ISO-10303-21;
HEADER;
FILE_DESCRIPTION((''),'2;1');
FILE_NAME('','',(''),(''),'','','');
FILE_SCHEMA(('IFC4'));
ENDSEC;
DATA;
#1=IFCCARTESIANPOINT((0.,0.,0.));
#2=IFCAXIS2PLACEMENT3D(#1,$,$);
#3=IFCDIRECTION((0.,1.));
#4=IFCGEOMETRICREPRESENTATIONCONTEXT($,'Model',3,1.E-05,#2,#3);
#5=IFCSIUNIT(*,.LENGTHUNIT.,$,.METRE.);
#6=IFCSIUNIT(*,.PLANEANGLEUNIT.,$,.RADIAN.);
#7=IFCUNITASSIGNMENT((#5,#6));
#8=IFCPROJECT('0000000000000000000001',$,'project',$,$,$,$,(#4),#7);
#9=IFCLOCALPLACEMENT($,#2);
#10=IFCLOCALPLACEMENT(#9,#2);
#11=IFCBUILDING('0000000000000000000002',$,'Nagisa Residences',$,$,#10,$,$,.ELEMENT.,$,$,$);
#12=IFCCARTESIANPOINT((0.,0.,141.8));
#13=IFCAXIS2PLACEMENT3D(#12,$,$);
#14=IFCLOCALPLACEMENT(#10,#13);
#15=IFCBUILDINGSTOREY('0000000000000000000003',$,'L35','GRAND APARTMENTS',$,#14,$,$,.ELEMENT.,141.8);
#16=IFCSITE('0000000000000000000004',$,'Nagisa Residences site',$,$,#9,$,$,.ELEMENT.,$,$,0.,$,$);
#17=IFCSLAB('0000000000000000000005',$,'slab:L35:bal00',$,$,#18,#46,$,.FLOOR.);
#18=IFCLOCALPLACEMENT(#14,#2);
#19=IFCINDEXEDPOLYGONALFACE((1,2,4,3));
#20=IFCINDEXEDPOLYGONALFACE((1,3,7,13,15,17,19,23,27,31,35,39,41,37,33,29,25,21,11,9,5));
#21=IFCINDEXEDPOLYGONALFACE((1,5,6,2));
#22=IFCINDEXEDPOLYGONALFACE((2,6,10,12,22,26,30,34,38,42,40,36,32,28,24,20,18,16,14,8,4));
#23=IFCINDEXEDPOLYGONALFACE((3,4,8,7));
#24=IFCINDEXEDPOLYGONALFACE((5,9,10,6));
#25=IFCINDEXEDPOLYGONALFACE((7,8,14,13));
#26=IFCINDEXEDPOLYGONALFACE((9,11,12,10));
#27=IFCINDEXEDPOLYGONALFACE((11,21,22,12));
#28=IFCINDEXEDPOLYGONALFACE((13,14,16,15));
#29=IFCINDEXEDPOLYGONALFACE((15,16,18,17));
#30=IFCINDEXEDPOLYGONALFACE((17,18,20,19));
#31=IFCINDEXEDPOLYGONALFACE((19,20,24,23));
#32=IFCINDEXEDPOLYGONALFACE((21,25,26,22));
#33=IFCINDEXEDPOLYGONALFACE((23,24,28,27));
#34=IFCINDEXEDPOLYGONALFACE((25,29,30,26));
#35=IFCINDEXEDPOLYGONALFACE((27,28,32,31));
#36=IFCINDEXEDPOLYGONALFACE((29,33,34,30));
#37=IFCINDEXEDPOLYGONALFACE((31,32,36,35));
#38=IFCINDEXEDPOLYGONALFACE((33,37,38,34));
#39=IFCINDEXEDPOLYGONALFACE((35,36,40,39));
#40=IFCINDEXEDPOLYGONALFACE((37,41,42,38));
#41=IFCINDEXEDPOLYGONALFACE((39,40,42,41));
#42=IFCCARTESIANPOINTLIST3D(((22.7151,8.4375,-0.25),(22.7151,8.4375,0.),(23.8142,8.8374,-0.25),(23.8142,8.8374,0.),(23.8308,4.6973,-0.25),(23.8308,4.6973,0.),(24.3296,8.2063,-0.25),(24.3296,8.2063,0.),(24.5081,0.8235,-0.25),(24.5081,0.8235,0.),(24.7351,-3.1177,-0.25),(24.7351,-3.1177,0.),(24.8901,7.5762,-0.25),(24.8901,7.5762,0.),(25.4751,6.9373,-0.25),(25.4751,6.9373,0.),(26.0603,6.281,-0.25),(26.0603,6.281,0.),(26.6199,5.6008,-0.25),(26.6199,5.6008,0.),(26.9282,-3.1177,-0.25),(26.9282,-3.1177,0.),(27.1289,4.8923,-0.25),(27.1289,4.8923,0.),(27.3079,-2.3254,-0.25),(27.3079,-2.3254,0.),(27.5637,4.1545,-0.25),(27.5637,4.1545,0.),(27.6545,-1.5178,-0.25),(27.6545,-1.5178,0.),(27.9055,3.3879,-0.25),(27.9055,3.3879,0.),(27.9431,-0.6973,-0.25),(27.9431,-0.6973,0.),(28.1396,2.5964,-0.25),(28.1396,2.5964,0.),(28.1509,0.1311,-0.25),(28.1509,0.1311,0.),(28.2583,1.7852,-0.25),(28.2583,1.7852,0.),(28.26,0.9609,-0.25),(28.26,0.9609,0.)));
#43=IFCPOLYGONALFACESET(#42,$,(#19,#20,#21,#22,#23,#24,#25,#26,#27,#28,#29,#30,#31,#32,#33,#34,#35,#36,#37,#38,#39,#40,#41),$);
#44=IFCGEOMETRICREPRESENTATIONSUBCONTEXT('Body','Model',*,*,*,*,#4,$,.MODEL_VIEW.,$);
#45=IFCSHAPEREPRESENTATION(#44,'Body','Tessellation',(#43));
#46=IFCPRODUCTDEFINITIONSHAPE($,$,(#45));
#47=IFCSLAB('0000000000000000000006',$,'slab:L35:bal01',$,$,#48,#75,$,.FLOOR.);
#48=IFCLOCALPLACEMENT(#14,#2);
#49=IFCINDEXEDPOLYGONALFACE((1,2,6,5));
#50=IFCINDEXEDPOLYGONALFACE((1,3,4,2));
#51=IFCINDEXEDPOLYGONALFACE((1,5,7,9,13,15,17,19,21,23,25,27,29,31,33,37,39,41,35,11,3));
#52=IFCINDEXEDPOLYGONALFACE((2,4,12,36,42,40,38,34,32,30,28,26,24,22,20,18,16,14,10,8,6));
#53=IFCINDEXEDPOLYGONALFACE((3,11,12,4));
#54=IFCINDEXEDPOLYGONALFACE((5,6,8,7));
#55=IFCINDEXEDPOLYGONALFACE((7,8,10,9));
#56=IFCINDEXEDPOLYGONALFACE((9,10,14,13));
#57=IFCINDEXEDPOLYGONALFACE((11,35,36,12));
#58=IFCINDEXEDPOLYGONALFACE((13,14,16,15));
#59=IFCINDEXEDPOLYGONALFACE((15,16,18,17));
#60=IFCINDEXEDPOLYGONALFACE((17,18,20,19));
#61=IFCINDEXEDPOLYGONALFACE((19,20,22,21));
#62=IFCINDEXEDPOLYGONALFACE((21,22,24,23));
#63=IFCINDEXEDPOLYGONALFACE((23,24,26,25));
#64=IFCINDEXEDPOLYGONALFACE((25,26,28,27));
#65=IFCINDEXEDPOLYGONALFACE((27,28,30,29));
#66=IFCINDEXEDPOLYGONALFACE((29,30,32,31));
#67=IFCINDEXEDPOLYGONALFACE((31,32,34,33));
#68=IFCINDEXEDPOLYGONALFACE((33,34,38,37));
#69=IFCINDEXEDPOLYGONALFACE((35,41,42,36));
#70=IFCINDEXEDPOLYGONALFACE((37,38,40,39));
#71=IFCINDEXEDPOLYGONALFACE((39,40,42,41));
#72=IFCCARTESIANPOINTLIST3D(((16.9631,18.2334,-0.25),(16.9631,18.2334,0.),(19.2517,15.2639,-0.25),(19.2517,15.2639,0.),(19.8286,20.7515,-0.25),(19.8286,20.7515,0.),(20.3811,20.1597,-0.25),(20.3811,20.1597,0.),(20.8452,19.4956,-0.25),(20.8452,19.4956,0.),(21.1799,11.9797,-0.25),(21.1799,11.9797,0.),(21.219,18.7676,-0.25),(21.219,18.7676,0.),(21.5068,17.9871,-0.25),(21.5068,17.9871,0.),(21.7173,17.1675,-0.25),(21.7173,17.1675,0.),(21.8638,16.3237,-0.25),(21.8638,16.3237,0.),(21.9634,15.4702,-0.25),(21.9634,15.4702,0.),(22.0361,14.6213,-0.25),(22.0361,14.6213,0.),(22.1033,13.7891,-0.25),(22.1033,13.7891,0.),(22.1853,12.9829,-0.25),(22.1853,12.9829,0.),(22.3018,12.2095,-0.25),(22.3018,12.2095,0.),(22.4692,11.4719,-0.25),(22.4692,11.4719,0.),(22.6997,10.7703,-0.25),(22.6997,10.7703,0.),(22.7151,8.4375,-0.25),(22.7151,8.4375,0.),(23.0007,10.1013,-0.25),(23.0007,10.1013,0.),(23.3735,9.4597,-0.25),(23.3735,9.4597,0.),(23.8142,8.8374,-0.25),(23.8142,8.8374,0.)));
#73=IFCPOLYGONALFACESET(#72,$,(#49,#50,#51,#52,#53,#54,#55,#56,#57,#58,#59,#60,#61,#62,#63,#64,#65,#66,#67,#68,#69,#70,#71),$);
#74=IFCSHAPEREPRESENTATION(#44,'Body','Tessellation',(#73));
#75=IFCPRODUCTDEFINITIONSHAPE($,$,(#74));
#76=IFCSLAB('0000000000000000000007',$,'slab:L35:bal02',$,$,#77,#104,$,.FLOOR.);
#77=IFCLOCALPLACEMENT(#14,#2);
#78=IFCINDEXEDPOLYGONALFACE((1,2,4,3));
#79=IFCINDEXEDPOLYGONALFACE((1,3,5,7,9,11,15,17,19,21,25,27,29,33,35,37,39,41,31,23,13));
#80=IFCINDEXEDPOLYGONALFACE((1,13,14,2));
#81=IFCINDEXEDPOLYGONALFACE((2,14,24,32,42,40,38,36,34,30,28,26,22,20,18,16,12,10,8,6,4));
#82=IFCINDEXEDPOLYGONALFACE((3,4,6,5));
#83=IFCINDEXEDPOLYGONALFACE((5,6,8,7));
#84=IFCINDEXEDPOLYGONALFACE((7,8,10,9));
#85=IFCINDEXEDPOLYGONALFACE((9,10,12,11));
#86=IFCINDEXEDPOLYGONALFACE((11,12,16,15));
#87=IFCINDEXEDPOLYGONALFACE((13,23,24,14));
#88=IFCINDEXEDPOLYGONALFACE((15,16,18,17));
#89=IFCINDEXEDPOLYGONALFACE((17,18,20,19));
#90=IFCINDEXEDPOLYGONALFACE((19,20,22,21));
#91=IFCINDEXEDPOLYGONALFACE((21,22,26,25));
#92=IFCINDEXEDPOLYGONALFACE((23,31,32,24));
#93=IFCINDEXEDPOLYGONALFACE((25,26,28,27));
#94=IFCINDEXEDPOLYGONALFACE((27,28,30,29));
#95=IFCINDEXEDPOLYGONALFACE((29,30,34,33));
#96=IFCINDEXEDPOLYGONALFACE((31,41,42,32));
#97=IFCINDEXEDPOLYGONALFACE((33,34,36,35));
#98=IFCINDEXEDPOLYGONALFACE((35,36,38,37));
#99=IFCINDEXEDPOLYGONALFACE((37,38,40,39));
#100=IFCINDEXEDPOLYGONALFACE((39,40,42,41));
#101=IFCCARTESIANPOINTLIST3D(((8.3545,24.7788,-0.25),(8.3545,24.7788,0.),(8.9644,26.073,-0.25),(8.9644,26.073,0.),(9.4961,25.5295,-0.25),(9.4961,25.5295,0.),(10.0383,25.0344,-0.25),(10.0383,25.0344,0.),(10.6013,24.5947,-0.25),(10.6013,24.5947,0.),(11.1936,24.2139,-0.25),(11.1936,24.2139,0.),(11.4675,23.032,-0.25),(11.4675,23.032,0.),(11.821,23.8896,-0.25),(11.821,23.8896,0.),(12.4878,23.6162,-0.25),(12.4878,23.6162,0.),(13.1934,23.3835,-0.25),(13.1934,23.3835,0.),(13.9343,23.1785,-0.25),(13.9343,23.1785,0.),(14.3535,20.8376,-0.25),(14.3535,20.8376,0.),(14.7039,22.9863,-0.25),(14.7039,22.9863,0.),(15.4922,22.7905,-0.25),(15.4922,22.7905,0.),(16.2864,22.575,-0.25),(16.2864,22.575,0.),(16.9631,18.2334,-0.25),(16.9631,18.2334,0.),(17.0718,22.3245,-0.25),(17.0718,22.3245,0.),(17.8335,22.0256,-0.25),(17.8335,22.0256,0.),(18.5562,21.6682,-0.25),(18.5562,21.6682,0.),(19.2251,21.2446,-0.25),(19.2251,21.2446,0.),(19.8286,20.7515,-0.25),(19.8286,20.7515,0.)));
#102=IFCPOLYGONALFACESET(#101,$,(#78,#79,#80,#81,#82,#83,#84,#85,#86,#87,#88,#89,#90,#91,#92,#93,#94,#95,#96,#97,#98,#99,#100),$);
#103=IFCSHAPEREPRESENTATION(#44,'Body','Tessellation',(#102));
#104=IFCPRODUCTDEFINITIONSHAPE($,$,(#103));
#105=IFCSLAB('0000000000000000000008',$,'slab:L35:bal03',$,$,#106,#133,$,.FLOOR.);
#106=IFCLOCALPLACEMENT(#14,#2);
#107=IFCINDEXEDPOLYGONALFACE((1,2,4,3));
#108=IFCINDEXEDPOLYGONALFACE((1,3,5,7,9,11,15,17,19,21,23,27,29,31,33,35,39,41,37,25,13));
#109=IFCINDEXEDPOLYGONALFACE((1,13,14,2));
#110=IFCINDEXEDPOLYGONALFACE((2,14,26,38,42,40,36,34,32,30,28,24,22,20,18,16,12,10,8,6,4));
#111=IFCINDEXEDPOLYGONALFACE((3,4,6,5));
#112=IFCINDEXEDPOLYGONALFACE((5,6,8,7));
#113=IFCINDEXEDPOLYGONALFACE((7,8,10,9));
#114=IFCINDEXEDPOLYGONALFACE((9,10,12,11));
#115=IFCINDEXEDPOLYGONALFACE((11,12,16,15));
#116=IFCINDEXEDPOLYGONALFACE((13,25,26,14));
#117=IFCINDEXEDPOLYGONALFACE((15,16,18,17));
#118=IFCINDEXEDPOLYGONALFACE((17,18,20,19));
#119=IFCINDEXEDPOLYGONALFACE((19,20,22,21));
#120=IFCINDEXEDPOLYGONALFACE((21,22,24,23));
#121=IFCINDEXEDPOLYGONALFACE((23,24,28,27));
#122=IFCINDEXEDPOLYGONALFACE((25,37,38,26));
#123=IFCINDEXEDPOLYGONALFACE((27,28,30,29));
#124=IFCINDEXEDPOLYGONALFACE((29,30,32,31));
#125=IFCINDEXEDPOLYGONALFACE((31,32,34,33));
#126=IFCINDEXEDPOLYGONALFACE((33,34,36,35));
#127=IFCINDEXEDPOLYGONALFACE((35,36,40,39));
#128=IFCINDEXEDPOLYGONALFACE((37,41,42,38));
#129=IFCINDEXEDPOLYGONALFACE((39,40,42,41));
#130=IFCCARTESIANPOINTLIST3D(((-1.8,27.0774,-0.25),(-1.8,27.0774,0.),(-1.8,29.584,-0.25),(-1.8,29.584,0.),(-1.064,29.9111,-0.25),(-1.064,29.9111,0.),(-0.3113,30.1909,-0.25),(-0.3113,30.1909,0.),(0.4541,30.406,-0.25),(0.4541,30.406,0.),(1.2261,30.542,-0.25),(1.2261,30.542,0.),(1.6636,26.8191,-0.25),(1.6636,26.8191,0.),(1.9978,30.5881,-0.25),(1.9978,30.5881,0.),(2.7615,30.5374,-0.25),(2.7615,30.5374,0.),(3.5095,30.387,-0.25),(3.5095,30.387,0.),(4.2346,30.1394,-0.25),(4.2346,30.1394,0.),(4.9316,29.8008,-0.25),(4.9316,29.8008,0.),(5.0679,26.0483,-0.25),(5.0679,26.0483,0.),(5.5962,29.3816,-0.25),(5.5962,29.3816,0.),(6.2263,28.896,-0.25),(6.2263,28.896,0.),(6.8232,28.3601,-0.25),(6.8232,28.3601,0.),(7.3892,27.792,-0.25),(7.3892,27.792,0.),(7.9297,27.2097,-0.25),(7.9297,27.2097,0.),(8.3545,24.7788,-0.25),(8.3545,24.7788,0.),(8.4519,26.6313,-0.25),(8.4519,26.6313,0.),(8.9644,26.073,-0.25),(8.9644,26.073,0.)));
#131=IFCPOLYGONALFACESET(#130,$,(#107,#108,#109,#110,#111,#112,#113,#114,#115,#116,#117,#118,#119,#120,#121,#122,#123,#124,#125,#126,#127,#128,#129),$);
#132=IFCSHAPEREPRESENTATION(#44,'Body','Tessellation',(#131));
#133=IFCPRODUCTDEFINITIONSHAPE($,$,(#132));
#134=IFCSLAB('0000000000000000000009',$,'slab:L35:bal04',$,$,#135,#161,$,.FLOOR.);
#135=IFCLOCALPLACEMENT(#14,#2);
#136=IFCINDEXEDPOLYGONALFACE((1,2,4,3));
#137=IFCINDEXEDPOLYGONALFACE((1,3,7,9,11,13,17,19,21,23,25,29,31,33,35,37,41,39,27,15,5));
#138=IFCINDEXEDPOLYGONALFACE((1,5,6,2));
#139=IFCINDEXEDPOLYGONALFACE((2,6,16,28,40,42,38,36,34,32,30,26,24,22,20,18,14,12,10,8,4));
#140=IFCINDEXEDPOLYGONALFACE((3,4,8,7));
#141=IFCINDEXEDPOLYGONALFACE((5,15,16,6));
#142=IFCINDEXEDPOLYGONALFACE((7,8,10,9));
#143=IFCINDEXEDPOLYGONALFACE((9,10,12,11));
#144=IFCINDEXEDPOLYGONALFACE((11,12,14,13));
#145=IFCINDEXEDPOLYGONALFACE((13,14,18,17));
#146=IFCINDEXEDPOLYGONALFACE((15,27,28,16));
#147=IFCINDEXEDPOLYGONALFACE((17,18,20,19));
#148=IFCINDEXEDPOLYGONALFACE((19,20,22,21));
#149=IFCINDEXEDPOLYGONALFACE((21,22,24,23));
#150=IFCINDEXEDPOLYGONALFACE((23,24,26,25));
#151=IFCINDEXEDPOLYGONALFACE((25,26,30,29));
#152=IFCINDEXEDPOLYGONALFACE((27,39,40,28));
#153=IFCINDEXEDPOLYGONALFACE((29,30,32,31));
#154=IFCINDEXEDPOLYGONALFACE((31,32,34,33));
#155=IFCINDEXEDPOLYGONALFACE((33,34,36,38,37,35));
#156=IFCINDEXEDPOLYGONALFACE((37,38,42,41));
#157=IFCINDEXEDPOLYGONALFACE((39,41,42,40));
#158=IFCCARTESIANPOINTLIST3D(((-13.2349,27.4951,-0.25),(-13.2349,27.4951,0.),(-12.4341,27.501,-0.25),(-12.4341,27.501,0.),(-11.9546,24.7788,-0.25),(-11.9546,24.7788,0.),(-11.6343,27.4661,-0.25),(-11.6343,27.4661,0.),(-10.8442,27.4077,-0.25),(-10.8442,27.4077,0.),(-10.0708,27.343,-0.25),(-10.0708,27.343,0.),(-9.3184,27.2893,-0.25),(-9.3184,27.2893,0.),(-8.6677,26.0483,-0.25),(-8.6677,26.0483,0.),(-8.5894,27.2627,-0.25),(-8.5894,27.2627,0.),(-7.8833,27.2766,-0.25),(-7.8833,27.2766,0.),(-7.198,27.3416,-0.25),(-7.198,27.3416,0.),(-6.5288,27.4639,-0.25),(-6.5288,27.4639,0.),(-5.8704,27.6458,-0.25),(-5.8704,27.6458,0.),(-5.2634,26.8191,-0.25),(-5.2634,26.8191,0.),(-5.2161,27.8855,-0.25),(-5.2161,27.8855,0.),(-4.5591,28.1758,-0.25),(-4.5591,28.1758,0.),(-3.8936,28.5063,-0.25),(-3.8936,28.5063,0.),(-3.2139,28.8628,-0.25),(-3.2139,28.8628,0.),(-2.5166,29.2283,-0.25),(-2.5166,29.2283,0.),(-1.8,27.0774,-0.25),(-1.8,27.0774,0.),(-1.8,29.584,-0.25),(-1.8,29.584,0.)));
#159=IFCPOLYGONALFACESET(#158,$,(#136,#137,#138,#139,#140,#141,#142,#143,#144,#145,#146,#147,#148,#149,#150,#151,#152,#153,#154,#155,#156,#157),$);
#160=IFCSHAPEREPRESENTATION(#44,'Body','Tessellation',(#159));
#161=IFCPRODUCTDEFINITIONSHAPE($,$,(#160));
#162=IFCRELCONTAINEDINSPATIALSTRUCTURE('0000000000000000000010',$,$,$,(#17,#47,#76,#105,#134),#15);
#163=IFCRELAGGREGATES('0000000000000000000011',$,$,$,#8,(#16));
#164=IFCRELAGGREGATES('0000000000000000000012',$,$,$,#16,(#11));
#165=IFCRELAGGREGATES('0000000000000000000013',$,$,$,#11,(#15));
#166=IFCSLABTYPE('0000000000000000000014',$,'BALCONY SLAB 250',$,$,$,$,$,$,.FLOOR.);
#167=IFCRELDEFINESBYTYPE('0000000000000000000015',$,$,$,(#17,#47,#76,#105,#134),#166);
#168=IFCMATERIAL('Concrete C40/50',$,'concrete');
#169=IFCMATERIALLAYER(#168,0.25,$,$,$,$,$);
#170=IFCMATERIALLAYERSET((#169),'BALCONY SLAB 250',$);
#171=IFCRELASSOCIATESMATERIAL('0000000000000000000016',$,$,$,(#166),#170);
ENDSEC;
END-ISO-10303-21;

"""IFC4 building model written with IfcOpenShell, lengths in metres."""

from ifc_helpers import new_model, si_unit, direction, frame, origin, place, context, subcontext, project, spatial, polyline, outline, extrude, material, layer, layer_set, type_object, element, save


model = new_model("IFC4")

# Units and contexts
model_context = context("Model", 3, precision=1e-05, world=origin(), true_north=direction((0.0, 1.0)))
body_context = subcontext(model_context, "Body", "Model", "MODEL_VIEW")
ifc_project = project(units=[si_unit("LENGTHUNIT", "METRE"), si_unit("PLANEANGLEUNIT", "RADIAN")], contexts=[model_context])

# Site, building, storey
site_placement = place(None, origin())
site = spatial("IfcSite", under=ifc_project, at=site_placement, Name="Nagisa Residences site", CompositionType="ELEMENT", RefElevation=0.0)
building_placement = place(site_placement, origin())
building = spatial("IfcBuilding", under=site, at=building_placement, Name="Nagisa Residences", CompositionType="ELEMENT")
storey_placement = place(building_placement, frame((0.0, 0.0, 141.8)))
storey = spatial("IfcBuildingStorey", under=building, at=storey_placement, Name="L35", Description="GRAND APARTMENTS", CompositionType="ELEMENT", Elevation=141.8)

# Slabs
ifc_material_1 = material(Name="Concrete C40/50", Category="concrete")
ifc_layer_1 = layer(ifc_material_1, 0.25)
ifc_layer_set_1 = layer_set([ifc_layer_1], Name="BALCONY SLAB 250")
slab_type_1 = type_object("IfcSlabType", Name="BALCONY SLAB 250", PredefinedType="FLOOR", material=ifc_layer_set_1)
slab_1_placement = place(storey_placement, frame((0.0, 0.0, -0.25)))
element("IfcSlab", 1, at=slab_1_placement, inside=storey, type_object=slab_type_1, Name="slab:L35:bal00", PredefinedType="FLOOR", context=body_context, shape_type="SweptSolid", body=[
    extrude(outline(polyline([(26.9282, -3.1177), (27.3079, -2.3254), (27.6545, -1.5178), (27.9431, -0.6973), (28.1509, 0.1311), (28.26, 0.9609), (28.2583, 1.7852), (28.1396, 2.5964), (27.9055, 3.3879), (27.5637, 4.1545), (27.1289, 4.8923), (26.6199, 5.6008), (26.0603, 6.281), (25.4751, 6.9373), (24.8901, 7.5762), (24.3296, 8.2063), (23.8142, 8.8374), (22.7151, 8.4375), (23.8308, 4.6973), (24.5081, 0.8235), (24.7351, -3.1177), (26.9282, -3.1177)])), origin(), (0.0, 0.0, 1.0), 0.25),
])
slab_2_placement = place(storey_placement, frame((0.0, 0.0, -0.25)))
element("IfcSlab", 2, at=slab_2_placement, inside=storey, type_object=slab_type_1, Name="slab:L35:bal01", PredefinedType="FLOOR", context=body_context, shape_type="SweptSolid", body=[
    extrude(outline(polyline([(23.8142, 8.8374), (23.3735, 9.4597), (23.0007, 10.1013), (22.6997, 10.7703), (22.4692, 11.4719), (22.3018, 12.2095), (22.1853, 12.9829), (22.1033, 13.7891), (22.0361, 14.6213), (21.9634, 15.4702), (21.8638, 16.3237), (21.7173, 17.1675), (21.5068, 17.9871), (21.219, 18.7676), (20.8452, 19.4956), (20.3811, 20.1597), (19.8286, 20.7515), (16.9631, 18.2334), (19.2517, 15.2639), (21.1799, 11.9797), (22.7151, 8.4375), (23.8142, 8.8374)])), origin(), (0.0, 0.0, 1.0), 0.25),
])
slab_3_placement = place(storey_placement, frame((0.0, 0.0, -0.25)))
element("IfcSlab", 3, at=slab_3_placement, inside=storey, type_object=slab_type_1, Name="slab:L35:bal02", PredefinedType="FLOOR", context=body_context, shape_type="SweptSolid", body=[
    extrude(outline(polyline([(19.8286, 20.7515), (19.2251, 21.2446), (18.5562, 21.6682), (17.8335, 22.0256), (17.0718, 22.3245), (16.2864, 22.575), (15.4922, 22.7905), (14.7039, 22.9863), (13.9343, 23.1785), (13.1934, 23.3835), (12.4878, 23.6162), (11.821, 23.8896), (11.1936, 24.2139), (10.6013, 24.5947), (10.0383, 25.0344), (9.4961, 25.5295), (8.9644, 26.073), (8.3545, 24.7788), (11.4675, 23.032), (14.3535, 20.8376), (16.9631, 18.2334), (19.8286, 20.7515)])), origin(), (0.0, 0.0, 1.0), 0.25),
])
slab_4_placement = place(storey_placement, frame((0.0, 0.0, -0.25)))
element("IfcSlab", 4, at=slab_4_placement, inside=storey, type_object=slab_type_1, Name="slab:L35:bal03", PredefinedType="FLOOR", context=body_context, shape_type="SweptSolid", body=[
    extrude(outline(polyline([(8.9644, 26.073), (8.4519, 26.6313), (7.9297, 27.2097), (7.3892, 27.792), (6.8232, 28.3601), (6.2263, 28.896), (5.5962, 29.3816), (4.9316, 29.8008), (4.2346, 30.1394), (3.5095, 30.387), (2.7615, 30.5374), (1.9978, 30.5881), (1.2261, 30.542), (0.4541, 30.406), (-0.3113, 30.1909), (-1.064, 29.9111), (-1.8, 29.584), (-1.8, 27.0774), (1.6636, 26.8191), (5.0679, 26.0483), (8.3545, 24.7788), (8.9644, 26.073)])), origin(), (0.0, 0.0, 1.0), 0.25),
])
slab_5_placement = place(storey_placement, frame((0.0, 0.0, -0.25)))
element("IfcSlab", 5, at=slab_5_placement, inside=storey, type_object=slab_type_1, Name="slab:L35:bal04", PredefinedType="FLOOR", context=body_context, shape_type="SweptSolid", body=[
    extrude(outline(polyline([(-1.8, 29.584), (-2.5166, 29.2283), (-3.2139, 28.8628), (-3.8936, 28.5063), (-4.5591, 28.1758), (-5.2161, 27.8855), (-5.8704, 27.6458), (-6.5288, 27.4639), (-7.198, 27.3416), (-7.8833, 27.2766), (-8.5894, 27.2627), (-9.3184, 27.2893), (-10.0708, 27.343), (-10.8442, 27.4077), (-11.6343, 27.4661), (-12.4341, 27.501), (-13.2349, 27.4951), (-11.9546, 24.7788), (-8.6677, 26.0483), (-5.2634, 26.8191), (-1.8, 27.0774), (-1.8, 29.584)])), origin(), (0.0, 0.0, 1.0), 0.25),
])

save(model, "model.ifc")
